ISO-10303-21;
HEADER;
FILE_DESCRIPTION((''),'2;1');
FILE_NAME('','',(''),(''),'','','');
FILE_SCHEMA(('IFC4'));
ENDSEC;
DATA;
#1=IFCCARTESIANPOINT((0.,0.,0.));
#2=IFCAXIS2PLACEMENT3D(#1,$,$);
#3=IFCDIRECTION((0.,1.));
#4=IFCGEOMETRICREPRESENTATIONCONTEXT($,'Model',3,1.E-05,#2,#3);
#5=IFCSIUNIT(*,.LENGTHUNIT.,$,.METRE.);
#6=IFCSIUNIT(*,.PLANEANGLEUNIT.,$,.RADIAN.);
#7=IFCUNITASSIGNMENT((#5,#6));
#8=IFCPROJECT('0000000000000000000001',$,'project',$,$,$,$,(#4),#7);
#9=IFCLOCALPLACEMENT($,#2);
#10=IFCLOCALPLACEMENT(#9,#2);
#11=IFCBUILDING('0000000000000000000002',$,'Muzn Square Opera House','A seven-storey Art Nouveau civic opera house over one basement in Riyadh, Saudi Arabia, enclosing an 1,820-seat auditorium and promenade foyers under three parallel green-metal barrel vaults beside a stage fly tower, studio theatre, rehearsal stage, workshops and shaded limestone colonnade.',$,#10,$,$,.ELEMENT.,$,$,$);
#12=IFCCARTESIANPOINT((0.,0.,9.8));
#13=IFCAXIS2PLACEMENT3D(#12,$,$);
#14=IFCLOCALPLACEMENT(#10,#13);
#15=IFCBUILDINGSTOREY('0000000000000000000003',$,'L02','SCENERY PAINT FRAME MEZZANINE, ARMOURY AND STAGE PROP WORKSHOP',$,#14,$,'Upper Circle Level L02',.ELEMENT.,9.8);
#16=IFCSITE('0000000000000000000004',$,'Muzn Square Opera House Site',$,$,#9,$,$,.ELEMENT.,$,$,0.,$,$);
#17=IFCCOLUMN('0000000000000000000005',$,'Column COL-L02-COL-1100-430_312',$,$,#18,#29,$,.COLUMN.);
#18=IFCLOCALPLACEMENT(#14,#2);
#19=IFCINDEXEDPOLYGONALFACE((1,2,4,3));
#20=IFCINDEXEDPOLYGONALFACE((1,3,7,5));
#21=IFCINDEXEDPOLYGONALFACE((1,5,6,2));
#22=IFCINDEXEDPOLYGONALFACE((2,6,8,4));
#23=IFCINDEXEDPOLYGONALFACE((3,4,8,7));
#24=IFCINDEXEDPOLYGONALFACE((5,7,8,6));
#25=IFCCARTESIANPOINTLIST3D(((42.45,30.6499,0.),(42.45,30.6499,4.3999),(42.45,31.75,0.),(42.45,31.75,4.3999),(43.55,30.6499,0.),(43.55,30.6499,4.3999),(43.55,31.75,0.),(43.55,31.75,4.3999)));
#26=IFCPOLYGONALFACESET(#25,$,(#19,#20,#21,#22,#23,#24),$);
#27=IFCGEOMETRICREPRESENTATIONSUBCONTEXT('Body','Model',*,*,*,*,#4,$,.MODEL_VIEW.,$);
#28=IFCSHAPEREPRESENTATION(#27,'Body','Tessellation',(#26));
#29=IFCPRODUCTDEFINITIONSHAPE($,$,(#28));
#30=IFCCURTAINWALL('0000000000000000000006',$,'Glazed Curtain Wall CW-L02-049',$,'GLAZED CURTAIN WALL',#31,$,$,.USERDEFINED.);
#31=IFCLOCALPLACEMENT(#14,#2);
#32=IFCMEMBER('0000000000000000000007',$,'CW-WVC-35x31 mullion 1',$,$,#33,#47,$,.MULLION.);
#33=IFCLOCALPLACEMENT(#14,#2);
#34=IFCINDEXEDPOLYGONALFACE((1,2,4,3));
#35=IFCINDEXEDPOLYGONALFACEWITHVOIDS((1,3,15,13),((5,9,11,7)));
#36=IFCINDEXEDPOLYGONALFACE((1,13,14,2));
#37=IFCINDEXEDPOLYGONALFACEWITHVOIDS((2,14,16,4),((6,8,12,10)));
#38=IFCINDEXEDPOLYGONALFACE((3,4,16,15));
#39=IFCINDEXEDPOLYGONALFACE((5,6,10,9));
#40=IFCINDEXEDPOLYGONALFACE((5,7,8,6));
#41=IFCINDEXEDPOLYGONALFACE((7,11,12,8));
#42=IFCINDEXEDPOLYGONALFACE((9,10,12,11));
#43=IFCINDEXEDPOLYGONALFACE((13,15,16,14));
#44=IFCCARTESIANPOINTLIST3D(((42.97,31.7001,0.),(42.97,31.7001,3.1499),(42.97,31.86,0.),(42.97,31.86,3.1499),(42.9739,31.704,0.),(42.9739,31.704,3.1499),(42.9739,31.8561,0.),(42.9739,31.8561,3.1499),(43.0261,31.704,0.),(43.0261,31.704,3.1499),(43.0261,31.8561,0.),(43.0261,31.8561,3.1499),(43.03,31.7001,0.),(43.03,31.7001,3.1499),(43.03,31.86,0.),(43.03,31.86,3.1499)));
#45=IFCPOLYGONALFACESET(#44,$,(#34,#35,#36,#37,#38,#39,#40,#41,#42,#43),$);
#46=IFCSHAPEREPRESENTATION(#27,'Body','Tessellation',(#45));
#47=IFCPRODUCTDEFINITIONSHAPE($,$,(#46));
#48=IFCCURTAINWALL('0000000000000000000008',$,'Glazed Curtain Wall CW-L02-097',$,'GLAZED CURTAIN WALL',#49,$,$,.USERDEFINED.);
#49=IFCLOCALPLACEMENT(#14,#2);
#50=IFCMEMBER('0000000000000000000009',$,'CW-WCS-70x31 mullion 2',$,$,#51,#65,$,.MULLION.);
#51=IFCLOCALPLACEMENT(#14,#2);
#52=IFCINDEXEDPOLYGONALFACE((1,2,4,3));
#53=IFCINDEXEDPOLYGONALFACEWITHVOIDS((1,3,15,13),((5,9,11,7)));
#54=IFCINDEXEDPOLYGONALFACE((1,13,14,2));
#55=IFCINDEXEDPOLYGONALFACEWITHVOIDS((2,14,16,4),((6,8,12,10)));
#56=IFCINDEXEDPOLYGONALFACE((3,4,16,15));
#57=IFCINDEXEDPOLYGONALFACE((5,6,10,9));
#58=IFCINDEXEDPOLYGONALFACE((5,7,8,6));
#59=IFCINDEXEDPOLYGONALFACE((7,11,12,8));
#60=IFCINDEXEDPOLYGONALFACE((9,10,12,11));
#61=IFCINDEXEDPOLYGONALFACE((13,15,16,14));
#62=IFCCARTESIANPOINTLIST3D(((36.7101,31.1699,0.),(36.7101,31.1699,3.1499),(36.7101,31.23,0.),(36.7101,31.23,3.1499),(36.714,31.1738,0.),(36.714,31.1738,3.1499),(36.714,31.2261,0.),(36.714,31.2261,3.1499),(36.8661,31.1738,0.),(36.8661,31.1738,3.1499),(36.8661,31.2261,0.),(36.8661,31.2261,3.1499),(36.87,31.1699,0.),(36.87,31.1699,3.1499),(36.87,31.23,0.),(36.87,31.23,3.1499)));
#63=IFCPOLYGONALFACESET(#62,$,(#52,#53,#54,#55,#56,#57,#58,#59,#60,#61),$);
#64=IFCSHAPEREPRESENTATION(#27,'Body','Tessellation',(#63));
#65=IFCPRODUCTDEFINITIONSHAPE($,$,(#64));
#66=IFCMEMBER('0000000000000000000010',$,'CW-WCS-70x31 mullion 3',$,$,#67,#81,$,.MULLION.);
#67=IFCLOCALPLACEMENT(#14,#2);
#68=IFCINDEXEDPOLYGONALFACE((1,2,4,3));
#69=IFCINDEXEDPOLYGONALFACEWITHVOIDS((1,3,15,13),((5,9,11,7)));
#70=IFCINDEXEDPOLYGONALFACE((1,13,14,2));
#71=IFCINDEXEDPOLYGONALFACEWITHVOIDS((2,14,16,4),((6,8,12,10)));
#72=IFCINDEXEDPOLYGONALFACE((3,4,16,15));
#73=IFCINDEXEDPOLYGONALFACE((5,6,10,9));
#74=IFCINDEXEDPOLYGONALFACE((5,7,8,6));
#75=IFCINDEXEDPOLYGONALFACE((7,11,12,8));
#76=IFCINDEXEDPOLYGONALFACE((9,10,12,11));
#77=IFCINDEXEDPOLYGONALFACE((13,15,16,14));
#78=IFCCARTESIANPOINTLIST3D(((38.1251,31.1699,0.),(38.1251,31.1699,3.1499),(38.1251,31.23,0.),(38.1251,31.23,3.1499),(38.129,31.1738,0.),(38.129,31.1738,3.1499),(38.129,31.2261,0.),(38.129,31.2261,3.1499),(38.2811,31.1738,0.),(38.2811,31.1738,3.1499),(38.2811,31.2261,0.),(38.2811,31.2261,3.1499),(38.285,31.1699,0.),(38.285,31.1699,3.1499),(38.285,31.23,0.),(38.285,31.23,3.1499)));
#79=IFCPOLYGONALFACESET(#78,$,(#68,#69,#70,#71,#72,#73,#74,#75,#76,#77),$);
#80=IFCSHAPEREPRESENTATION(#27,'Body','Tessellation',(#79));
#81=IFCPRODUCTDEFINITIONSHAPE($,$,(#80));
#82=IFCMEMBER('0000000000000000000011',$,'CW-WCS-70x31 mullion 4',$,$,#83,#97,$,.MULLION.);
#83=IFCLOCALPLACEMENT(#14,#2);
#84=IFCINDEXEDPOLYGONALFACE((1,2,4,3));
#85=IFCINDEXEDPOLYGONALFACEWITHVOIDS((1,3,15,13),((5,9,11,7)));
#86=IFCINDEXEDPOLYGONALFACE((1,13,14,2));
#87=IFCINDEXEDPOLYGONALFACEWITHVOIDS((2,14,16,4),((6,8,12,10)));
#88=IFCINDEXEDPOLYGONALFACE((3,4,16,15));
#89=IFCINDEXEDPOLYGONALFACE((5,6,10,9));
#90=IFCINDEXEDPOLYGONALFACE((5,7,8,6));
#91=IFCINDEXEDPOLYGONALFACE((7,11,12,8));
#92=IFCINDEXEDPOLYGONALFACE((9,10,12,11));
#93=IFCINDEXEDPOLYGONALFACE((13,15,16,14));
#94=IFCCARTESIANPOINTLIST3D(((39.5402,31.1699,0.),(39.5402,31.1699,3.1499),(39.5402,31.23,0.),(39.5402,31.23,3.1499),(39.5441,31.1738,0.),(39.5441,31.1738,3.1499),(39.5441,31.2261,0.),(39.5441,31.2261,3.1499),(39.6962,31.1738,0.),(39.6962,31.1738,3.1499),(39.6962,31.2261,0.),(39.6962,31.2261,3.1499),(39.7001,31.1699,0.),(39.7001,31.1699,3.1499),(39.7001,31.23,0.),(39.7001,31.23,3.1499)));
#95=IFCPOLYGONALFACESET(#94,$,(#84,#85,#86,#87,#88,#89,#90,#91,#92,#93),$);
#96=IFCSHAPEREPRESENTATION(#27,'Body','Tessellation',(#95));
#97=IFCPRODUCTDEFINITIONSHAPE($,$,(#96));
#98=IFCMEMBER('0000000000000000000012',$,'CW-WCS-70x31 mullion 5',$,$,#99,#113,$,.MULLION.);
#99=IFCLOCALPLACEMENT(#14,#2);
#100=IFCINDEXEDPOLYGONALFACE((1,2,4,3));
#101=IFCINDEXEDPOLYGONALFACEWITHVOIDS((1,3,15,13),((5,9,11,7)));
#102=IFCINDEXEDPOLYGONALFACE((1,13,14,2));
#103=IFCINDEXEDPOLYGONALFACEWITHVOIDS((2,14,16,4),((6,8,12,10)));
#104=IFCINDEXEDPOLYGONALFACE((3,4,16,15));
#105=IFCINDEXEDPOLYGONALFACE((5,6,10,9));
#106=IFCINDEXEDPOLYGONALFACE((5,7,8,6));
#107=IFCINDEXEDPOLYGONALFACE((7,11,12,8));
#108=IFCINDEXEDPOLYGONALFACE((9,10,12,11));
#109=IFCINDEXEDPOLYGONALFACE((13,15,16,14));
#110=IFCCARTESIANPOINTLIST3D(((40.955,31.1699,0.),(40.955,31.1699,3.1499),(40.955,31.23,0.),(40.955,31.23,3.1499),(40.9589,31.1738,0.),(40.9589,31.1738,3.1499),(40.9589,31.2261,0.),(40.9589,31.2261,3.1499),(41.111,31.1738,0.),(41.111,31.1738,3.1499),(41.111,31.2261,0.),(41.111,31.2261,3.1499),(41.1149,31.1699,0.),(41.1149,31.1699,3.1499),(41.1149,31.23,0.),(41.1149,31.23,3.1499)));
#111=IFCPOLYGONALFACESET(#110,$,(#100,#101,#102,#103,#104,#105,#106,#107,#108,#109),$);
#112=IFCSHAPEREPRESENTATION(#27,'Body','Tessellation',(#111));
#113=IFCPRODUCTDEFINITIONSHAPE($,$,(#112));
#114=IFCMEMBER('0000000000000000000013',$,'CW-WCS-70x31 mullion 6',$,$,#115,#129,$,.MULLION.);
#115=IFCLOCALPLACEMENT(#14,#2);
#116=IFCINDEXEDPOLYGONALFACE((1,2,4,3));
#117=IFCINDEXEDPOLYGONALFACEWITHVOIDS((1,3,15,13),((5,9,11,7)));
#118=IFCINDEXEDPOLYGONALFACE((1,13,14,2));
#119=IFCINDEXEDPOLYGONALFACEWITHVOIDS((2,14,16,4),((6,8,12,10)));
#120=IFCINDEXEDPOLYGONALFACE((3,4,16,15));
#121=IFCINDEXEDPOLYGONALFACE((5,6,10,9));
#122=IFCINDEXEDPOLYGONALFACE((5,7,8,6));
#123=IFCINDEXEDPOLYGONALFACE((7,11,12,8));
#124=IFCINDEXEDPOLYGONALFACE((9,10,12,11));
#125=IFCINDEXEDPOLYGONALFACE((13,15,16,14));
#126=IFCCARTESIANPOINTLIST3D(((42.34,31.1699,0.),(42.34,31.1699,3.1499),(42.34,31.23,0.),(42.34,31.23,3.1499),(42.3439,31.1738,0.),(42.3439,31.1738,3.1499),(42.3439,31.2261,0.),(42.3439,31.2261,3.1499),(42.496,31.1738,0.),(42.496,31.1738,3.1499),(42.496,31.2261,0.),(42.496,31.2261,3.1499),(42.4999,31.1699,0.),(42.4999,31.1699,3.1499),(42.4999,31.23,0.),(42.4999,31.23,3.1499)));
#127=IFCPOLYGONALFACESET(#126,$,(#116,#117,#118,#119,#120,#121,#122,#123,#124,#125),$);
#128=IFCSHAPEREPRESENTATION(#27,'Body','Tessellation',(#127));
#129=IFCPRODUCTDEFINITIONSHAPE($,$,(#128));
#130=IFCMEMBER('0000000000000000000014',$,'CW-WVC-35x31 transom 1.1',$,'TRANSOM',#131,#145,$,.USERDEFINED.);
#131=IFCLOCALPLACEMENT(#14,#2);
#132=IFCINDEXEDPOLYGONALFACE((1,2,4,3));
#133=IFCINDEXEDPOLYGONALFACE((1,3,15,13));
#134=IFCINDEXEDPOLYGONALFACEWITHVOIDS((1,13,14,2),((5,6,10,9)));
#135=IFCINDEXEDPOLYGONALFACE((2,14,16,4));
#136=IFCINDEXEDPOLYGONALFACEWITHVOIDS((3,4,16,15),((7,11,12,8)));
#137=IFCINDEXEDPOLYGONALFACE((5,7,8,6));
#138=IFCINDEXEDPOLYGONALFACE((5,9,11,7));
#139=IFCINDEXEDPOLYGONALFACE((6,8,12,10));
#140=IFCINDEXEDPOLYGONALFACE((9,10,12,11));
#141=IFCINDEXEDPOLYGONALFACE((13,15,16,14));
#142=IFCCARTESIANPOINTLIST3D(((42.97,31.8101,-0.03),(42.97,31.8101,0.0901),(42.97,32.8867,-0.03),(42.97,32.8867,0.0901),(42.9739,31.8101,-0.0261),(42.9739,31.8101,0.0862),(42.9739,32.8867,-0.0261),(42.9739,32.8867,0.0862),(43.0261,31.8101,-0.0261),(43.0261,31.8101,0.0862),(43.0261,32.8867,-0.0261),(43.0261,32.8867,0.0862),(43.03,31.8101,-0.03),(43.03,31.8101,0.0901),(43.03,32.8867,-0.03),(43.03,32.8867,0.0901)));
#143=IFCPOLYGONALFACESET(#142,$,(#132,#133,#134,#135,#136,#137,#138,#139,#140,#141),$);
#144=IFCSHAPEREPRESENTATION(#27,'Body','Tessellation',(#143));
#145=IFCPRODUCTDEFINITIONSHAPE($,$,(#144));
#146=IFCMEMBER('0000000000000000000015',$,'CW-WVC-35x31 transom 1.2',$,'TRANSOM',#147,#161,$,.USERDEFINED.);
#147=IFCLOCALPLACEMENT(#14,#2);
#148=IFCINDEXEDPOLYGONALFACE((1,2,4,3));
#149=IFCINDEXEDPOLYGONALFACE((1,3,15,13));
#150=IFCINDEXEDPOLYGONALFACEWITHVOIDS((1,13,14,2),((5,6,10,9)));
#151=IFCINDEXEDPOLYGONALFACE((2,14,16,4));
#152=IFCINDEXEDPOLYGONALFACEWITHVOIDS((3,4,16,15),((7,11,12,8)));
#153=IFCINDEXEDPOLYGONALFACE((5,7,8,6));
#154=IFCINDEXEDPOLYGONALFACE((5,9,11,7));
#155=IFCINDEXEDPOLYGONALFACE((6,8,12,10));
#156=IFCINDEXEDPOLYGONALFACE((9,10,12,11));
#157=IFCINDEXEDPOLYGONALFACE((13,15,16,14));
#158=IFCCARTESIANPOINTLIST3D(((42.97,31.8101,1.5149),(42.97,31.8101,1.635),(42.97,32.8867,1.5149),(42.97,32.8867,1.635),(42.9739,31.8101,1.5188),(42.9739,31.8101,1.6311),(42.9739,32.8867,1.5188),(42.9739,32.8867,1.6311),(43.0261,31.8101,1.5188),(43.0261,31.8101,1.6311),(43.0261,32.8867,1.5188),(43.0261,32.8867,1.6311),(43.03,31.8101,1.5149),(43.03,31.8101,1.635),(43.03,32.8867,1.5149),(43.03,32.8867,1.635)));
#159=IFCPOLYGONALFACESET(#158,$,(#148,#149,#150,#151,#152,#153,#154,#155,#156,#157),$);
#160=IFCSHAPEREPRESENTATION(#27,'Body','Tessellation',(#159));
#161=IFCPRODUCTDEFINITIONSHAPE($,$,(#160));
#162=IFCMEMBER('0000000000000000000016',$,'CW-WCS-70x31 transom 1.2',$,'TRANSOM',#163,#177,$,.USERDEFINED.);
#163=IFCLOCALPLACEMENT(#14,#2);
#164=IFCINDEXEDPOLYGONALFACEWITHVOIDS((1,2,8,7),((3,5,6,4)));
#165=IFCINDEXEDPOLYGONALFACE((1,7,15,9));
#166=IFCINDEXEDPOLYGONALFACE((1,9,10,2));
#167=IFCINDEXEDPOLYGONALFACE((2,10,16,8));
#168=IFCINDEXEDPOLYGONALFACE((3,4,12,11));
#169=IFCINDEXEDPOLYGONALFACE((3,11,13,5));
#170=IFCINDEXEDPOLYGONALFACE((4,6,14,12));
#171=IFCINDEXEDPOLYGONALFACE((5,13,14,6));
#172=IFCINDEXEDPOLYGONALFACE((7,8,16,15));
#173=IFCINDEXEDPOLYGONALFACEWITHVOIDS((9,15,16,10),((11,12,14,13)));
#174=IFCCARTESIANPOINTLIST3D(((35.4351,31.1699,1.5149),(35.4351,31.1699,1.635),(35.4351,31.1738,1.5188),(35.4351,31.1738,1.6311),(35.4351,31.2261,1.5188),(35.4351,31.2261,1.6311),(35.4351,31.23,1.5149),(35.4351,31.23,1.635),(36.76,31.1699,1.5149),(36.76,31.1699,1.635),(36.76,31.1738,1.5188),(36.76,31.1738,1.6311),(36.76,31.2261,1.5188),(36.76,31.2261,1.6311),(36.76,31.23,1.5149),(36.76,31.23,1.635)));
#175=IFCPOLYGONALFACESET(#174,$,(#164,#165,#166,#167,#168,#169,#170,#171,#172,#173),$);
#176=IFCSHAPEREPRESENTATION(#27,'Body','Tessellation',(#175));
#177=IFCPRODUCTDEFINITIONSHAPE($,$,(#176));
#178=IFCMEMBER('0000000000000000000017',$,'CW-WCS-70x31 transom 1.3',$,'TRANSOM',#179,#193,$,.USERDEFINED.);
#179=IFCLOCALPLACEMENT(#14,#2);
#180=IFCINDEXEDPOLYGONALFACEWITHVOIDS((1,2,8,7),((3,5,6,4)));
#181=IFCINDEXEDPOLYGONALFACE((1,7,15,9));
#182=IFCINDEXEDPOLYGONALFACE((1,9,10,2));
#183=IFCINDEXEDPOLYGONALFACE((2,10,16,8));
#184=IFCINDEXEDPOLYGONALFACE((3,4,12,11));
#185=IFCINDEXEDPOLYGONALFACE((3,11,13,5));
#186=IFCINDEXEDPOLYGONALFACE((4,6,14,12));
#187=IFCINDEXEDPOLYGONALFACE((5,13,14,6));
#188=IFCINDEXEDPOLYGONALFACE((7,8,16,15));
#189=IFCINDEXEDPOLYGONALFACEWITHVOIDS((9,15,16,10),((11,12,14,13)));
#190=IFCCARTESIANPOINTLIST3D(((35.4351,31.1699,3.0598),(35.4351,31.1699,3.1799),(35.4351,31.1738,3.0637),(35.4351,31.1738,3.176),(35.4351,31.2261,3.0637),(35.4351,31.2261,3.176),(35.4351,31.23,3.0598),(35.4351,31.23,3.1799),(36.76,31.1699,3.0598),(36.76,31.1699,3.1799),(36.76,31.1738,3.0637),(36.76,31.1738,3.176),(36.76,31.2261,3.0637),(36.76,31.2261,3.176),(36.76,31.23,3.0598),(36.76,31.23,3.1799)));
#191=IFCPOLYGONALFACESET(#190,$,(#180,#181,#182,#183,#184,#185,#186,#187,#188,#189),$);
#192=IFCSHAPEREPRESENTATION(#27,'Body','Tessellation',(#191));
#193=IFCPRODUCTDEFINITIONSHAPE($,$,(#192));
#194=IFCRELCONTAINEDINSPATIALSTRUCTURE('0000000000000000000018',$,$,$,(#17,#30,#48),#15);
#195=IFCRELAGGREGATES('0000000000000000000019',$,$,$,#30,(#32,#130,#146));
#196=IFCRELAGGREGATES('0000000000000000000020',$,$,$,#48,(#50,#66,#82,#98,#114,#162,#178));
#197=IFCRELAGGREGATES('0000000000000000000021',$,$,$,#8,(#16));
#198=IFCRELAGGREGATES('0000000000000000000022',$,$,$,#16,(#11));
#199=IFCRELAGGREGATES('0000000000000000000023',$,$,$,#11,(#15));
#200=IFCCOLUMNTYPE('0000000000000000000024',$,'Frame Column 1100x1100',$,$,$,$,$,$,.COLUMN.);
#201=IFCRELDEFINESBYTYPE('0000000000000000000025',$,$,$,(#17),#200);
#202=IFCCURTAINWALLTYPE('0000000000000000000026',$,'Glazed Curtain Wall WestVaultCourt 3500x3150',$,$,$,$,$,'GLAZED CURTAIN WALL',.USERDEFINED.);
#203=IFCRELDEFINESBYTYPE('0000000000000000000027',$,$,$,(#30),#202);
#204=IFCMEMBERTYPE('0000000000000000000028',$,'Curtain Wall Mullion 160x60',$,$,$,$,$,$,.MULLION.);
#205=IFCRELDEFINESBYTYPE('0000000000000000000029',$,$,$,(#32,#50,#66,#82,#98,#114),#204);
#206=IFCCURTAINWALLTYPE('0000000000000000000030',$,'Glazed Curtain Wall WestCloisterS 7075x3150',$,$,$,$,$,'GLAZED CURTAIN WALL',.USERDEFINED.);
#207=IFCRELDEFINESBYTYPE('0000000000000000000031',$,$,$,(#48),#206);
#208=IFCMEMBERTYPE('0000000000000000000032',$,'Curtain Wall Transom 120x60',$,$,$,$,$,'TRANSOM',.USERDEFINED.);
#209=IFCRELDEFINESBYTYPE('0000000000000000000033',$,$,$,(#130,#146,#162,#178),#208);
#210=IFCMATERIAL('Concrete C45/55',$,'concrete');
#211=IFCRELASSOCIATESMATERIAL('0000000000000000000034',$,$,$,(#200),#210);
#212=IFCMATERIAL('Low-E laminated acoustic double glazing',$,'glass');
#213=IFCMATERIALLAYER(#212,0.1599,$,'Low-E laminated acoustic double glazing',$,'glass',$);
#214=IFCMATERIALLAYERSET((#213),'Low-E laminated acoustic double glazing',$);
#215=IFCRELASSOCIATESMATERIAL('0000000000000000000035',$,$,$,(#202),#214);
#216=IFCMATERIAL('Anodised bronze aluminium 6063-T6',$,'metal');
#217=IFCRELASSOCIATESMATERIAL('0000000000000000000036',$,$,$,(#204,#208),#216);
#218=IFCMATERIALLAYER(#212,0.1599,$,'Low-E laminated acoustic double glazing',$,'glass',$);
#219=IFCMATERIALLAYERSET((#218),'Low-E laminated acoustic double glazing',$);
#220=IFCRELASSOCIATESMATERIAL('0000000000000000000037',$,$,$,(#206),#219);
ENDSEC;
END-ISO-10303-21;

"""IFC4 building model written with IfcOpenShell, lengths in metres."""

from ifc_helpers import new_model, si_unit, direction, frame, origin, origin_2d, place, context, subcontext, project, spatial, rectangle, hollow_rectangle, extrude, material, layer, layer_set, material_profile, profile_set, type_object, element, aggregate, save


model = new_model("IFC4")

# Units and contexts
model_context = context("Model", 3, precision=1e-05, world=origin(), true_north=direction((0.0, 1.0)))
body_context = subcontext(model_context, "Body", "Model", "MODEL_VIEW")
ifc_project = project(units=[si_unit("LENGTHUNIT", "METRE"), si_unit("PLANEANGLEUNIT", "RADIAN")], contexts=[model_context])

# Site, building, storey
site_placement = place(None, origin())
site = spatial("IfcSite", under=ifc_project, at=site_placement, Name="Muzn Square Opera House Site", CompositionType="ELEMENT", RefElevation=0.0)
building_placement = place(site_placement, origin())
building = spatial("IfcBuilding", under=site, at=building_placement, Name="Muzn Square Opera House", Description="A seven-storey Art Nouveau civic opera house over one basement in Riyadh, Saudi Arabia, enclosing an 1,820-seat auditorium and promenade foyers under three parallel green-metal barrel vaults beside a stage fly tower, studio theatre, rehearsal stage, workshops and shaded limestone colonnade.", CompositionType="ELEMENT")
storey_placement = place(building_placement, frame((0.0, 0.0, 9.8)))
storey = spatial("IfcBuildingStorey", under=building, at=storey_placement, Name="L02", Description="SCENERY PAINT FRAME MEZZANINE, ARMOURY AND STAGE PROP WORKSHOP", LongName="Upper Circle Level L02", CompositionType="ELEMENT", Elevation=9.8)

# Column
ifc_material_1 = material(Name="Concrete C45/55", Category="concrete")
ifc_material_profile_1 = material_profile(ifc_material_1, rectangle(XDim=1.1001, YDim=1.1001, at=origin_2d()), Name="RC 1100x1100", Category="concrete")
ifc_profile_set_1 = profile_set([ifc_material_profile_1], Name="Concrete C45/55")
column_type = type_object("IfcColumnType", Name="Frame Column 1100x1100", PredefinedType="COLUMN", material=ifc_profile_set_1)
column_placement = place(storey_placement, frame((43.0, 31.2, 0.0), z_axis=(0.0, 0.0, 1.0), x_axis=(1.0, 0.0, 0.0)))
element("IfcColumn", 1, at=column_placement, inside=storey, type_object=column_type, Name="Column COL-L02-COL-1100-430_312", PredefinedType="COLUMN", context=body_context, shape_type="SweptSolid", body=[
    extrude(rectangle(XDim=1.1001, YDim=1.1001, at=origin_2d()), origin(), (0.0, 0.0, 1.0), 4.3999),
])

# Curtain wall, member
ifc_material_2 = material(Name="Low-E laminated acoustic double glazing", Category="glass")
ifc_layer_1 = layer(ifc_material_2, 0.1599, Name="Low-E laminated acoustic double glazing", Category="glass")
ifc_layer_set_1 = layer_set([ifc_layer_1], Name="Low-E laminated acoustic double glazing")
curtain_wall_type_1 = type_object("IfcCurtainWallType", Name="Glazed Curtain Wall WestVaultCourt 3500x3150", ElementType="GLAZED CURTAIN WALL", PredefinedType="USERDEFINED", material=ifc_layer_set_1)
curtain_wall_1_placement = place(storey_placement, origin())
curtain_wall_1 = element("IfcCurtainWall", 2, at=curtain_wall_1_placement, inside=storey, type_object=curtain_wall_type_1, Name="Glazed Curtain Wall CW-L02-049", ObjectType="GLAZED CURTAIN WALL", PredefinedType="USERDEFINED")
ifc_material_3 = material(Name="Anodised bronze aluminium 6063-T6", Category="metal")
ifc_material_profile_2 = material_profile(ifc_material_3, hollow_rectangle(XDim=0.0601, YDim=0.1599, WallThickness=0.0039, at=origin_2d()), Name="ALU 160x60x4", Category="metal")
ifc_profile_set_2 = profile_set([ifc_material_profile_2], Name="Anodised bronze aluminium 6063-T6")
member_type_1 = type_object("IfcMemberType", Name="Curtain Wall Mullion 160x60", PredefinedType="MULLION", material=ifc_profile_set_2)
member_1_placement = place(storey_placement, frame((43.0, 31.78, 0.0), z_axis=(0.0, 0.0, 1.0), x_axis=(-1.0, 0.0, 0.0)))
member_1 = element("IfcMember", 3, at=member_1_placement, type_object=member_type_1, Name="CW-WVC-35x31 mullion 1", PredefinedType="MULLION", context=body_context, shape_type="SweptSolid", body=[
    extrude(hollow_rectangle(XDim=0.0601, YDim=0.1599, WallThickness=0.0039, at=origin_2d()), origin(), (0.0, 0.0, 1.0), 3.1499),
])

# Curtain wall, members
ifc_layer_2 = layer(ifc_material_2, 0.1599, Name="Low-E laminated acoustic double glazing", Category="glass")
ifc_layer_set_2 = layer_set([ifc_layer_2], Name="Low-E laminated acoustic double glazing")
curtain_wall_type_2 = type_object("IfcCurtainWallType", Name="Glazed Curtain Wall WestCloisterS 7075x3150", ElementType="GLAZED CURTAIN WALL", PredefinedType="USERDEFINED", material=ifc_layer_set_2)
curtain_wall_2_placement = place(storey_placement, origin())
curtain_wall_2 = element("IfcCurtainWall", 4, at=curtain_wall_2_placement, inside=storey, type_object=curtain_wall_type_2, Name="Glazed Curtain Wall CW-L02-097", ObjectType="GLAZED CURTAIN WALL", PredefinedType="USERDEFINED")
member_2_placement = place(storey_placement, frame((36.79, 31.2, 0.0), z_axis=(0.0, 0.0, 1.0), x_axis=(0.0, 1.0, 0.0)))
member_2 = element("IfcMember", 5, at=member_2_placement, type_object=member_type_1, Name="CW-WCS-70x31 mullion 2", PredefinedType="MULLION", context=body_context, shape_type="SweptSolid", body=[
    extrude(hollow_rectangle(XDim=0.0601, YDim=0.1599, WallThickness=0.0039, at=origin_2d()), origin(), (0.0, 0.0, 1.0), 3.1499),
])
member_3_placement = place(storey_placement, frame((38.2051, 31.2, 0.0), z_axis=(0.0, 0.0, 1.0), x_axis=(0.0, 1.0, 0.0)))
member_3 = element("IfcMember", 6, at=member_3_placement, type_object=member_type_1, Name="CW-WCS-70x31 mullion 3", PredefinedType="MULLION", context=body_context, shape_type="SweptSolid", body=[
    extrude(hollow_rectangle(XDim=0.0601, YDim=0.1599, WallThickness=0.0039, at=origin_2d()), origin(), (0.0, 0.0, 1.0), 3.1499),
])
member_4_placement = place(storey_placement, frame((39.6201, 31.2, 0.0), z_axis=(0.0, 0.0, 1.0), x_axis=(0.0, 1.0, 0.0)))
member_4 = element("IfcMember", 7, at=member_4_placement, type_object=member_type_1, Name="CW-WCS-70x31 mullion 4", PredefinedType="MULLION", context=body_context, shape_type="SweptSolid", body=[
    extrude(hollow_rectangle(XDim=0.0601, YDim=0.1599, WallThickness=0.0039, at=origin_2d()), origin(), (0.0, 0.0, 1.0), 3.1499),
])
member_5_placement = place(storey_placement, frame((41.0349, 31.2, 0.0), z_axis=(0.0, 0.0, 1.0), x_axis=(0.0, 1.0, 0.0)))
member_5 = element("IfcMember", 8, at=member_5_placement, type_object=member_type_1, Name="CW-WCS-70x31 mullion 5", PredefinedType="MULLION", context=body_context, shape_type="SweptSolid", body=[
    extrude(hollow_rectangle(XDim=0.0601, YDim=0.1599, WallThickness=0.0039, at=origin_2d()), origin(), (0.0, 0.0, 1.0), 3.1499),
])
member_6_placement = place(storey_placement, frame((42.4199, 31.2, 0.0), z_axis=(0.0, 0.0, 1.0), x_axis=(0.0, 1.0, 0.0)))
member_6 = element("IfcMember", 9, at=member_6_placement, type_object=member_type_1, Name="CW-WCS-70x31 mullion 6", PredefinedType="MULLION", context=body_context, shape_type="SweptSolid", body=[
    extrude(hollow_rectangle(XDim=0.0601, YDim=0.1599, WallThickness=0.0039, at=origin_2d()), origin(), (0.0, 0.0, 1.0), 3.1499),
])

# Members
ifc_material_profile_3 = material_profile(ifc_material_3, hollow_rectangle(XDim=0.0601, YDim=0.1201, WallThickness=0.0039, at=origin_2d()), Name="ALU 120x60x4", Category="metal")
ifc_profile_set_3 = profile_set([ifc_material_profile_3], Name="Anodised bronze aluminium 6063-T6")
member_type_2 = type_object("IfcMemberType", Name="Curtain Wall Transom 120x60", ElementType="TRANSOM", PredefinedType="USERDEFINED", material=ifc_profile_set_3)
member_7_placement = place(storey_placement, frame((43.0, 31.8101, 0.03), z_axis=(0.0, 1.0, 0.0), x_axis=(-1.0, 0.0, 0.0)))
member_7 = element("IfcMember", 10, at=member_7_placement, type_object=member_type_2, Name="CW-WVC-35x31 transom 1.1", ObjectType="TRANSOM", PredefinedType="USERDEFINED", context=body_context, shape_type="SweptSolid", body=[
    extrude(hollow_rectangle(XDim=0.0601, YDim=0.1201, WallThickness=0.0039, at=origin_2d()), origin(), (0.0, 0.0, 1.0), 1.0767),
])
member_8_placement = place(storey_placement, frame((43.0, 31.8101, 1.575), z_axis=(0.0, 1.0, 0.0), x_axis=(-1.0, 0.0, 0.0)))
member_8 = element("IfcMember", 11, at=member_8_placement, type_object=member_type_2, Name="CW-WVC-35x31 transom 1.2", ObjectType="TRANSOM", PredefinedType="USERDEFINED", context=body_context, shape_type="SweptSolid", body=[
    extrude(hollow_rectangle(XDim=0.0601, YDim=0.1201, WallThickness=0.0039, at=origin_2d()), origin(), (0.0, 0.0, 1.0), 1.0767),
])
aggregate(curtain_wall_1, [member_1, member_7, member_8])
member_9_placement = place(storey_placement, frame((35.4351, 31.2, 1.575), z_axis=(1.0, 0.0, 0.0), x_axis=(0.0, 1.0, 0.0)))
member_9 = element("IfcMember", 12, at=member_9_placement, type_object=member_type_2, Name="CW-WCS-70x31 transom 1.2", ObjectType="TRANSOM", PredefinedType="USERDEFINED", context=body_context, shape_type="SweptSolid", body=[
    extrude(hollow_rectangle(XDim=0.0601, YDim=0.1201, WallThickness=0.0039, at=origin_2d()), origin(), (0.0, 0.0, 1.0), 1.325),
])
member_10_placement = place(storey_placement, frame((35.4351, 31.2, 3.1199), z_axis=(1.0, 0.0, 0.0), x_axis=(0.0, 1.0, 0.0)))
member_10 = element("IfcMember", 13, at=member_10_placement, type_object=member_type_2, Name="CW-WCS-70x31 transom 1.3", ObjectType="TRANSOM", PredefinedType="USERDEFINED", context=body_context, shape_type="SweptSolid", body=[
    extrude(hollow_rectangle(XDim=0.0601, YDim=0.1201, WallThickness=0.0039, at=origin_2d()), origin(), (0.0, 0.0, 1.0), 1.325),
])

aggregate(curtain_wall_2, [member_2, member_3, member_4, member_5, member_6, member_9, member_10])

save(model, "model.ifc")
